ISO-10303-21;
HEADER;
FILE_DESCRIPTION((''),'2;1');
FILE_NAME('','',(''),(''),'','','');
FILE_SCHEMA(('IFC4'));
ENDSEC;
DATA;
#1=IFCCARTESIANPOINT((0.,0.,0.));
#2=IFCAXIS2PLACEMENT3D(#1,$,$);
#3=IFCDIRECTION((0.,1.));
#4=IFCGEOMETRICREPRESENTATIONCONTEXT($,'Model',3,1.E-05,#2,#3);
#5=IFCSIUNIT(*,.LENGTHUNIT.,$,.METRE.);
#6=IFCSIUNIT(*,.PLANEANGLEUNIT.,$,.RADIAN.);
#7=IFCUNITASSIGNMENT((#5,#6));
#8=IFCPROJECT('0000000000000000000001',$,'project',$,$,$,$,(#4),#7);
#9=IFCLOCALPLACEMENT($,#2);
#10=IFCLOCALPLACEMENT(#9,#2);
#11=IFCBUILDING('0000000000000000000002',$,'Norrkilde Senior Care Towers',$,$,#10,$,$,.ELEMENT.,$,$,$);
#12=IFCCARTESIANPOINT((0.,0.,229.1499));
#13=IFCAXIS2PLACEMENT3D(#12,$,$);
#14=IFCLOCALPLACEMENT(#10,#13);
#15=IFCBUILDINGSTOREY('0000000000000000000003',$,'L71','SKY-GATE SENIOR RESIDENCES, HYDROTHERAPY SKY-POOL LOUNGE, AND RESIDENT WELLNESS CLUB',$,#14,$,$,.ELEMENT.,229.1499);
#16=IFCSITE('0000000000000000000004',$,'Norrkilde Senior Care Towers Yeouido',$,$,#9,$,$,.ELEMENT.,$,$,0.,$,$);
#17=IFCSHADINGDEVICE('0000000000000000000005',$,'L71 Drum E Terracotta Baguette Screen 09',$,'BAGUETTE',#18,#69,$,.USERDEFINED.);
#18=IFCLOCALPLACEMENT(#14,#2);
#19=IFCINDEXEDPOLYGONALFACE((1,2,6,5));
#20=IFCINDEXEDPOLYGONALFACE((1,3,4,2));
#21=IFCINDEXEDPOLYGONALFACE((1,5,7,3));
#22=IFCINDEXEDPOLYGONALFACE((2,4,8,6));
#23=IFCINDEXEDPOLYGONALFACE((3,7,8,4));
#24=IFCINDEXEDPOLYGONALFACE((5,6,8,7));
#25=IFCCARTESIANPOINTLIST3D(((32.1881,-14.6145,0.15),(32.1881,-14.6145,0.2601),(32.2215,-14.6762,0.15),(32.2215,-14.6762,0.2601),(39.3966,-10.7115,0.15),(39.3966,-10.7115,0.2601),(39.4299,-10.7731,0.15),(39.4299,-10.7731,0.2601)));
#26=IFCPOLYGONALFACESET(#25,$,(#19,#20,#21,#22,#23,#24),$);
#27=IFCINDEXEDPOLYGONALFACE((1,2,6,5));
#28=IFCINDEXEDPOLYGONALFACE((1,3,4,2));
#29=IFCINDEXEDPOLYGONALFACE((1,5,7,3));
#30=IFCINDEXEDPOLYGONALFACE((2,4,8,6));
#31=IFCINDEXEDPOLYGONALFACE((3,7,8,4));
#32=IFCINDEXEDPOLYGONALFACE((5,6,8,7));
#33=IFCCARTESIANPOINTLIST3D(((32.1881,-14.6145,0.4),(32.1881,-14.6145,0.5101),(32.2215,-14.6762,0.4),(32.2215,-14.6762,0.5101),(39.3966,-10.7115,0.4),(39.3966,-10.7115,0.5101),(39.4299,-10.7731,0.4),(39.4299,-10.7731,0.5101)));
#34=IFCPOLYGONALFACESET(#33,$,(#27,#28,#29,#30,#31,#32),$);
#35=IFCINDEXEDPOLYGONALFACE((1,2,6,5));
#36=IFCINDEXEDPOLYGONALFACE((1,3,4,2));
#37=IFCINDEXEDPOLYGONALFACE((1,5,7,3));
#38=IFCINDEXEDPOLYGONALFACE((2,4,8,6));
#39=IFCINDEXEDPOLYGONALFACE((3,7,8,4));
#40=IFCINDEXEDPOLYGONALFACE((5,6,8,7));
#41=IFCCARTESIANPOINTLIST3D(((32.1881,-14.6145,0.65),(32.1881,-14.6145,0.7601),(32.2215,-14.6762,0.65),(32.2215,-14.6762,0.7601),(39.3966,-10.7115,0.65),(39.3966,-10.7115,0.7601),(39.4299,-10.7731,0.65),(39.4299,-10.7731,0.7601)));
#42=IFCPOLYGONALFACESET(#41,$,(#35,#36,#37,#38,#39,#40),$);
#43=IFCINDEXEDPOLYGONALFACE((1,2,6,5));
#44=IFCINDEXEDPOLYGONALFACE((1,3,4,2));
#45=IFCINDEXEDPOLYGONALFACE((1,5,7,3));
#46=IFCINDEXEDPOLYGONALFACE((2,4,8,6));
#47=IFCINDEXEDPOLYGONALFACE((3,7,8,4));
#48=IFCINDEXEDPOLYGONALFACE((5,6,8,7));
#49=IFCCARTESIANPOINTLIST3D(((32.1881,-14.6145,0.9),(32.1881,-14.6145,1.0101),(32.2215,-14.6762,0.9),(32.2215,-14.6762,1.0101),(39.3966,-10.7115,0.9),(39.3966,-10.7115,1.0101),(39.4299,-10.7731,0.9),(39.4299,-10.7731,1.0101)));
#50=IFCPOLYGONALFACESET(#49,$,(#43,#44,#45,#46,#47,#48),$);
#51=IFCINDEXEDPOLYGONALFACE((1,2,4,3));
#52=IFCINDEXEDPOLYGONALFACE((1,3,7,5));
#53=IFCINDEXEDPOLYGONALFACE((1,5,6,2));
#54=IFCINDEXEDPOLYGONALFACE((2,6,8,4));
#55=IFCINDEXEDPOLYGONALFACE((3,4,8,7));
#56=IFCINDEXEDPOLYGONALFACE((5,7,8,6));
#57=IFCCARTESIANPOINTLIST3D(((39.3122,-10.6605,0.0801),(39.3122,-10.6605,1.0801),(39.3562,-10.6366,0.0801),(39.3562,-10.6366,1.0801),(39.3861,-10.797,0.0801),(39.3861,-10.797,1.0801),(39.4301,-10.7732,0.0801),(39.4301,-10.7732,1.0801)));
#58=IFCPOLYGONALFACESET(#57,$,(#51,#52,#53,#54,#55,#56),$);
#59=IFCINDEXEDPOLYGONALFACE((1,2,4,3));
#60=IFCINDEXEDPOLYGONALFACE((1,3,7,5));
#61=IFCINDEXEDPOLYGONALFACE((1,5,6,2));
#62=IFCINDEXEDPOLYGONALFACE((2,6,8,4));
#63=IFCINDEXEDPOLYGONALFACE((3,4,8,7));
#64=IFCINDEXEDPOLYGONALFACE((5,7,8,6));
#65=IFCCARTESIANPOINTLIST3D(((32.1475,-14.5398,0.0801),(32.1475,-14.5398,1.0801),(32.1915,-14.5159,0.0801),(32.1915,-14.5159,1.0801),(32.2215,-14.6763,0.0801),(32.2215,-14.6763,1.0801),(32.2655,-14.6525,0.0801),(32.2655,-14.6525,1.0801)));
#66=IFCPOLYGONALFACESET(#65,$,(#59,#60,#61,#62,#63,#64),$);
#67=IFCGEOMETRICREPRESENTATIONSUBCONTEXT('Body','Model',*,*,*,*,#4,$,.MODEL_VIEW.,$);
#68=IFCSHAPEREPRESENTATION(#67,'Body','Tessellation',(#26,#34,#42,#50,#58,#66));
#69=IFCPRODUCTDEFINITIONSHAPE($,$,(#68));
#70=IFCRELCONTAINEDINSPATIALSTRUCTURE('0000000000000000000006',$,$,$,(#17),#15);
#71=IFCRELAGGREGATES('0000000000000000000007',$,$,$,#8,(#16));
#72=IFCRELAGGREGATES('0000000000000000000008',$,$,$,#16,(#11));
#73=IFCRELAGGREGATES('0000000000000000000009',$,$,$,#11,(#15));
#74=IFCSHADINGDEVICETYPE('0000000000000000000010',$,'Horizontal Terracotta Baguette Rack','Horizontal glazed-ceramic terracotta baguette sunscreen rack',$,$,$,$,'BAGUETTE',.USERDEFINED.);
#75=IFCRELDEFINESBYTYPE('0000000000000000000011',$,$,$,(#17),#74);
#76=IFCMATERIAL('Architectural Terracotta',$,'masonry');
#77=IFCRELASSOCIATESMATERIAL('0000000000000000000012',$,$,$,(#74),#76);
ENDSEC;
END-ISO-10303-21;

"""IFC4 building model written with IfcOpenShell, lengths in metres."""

from ifc_helpers import new_model, si_unit, direction, frame, origin, origin_2d, place, context, subcontext, project, spatial, rectangle, extrude, source, transform, mapped, material, type_object, type_shapes, element, save


model = new_model("IFC4")

# Units and contexts
model_context = context("Model", 3, precision=1e-05, world=origin(), true_north=direction((0.0, 1.0)))
body_context = subcontext(model_context, "Body", "Model", "MODEL_VIEW")
ifc_project = project(units=[si_unit("LENGTHUNIT", "METRE"), si_unit("PLANEANGLEUNIT", "RADIAN")], contexts=[model_context])

# Site, building, storey
site_placement = place(None, origin())
site = spatial("IfcSite", under=ifc_project, at=site_placement, Name="Norrkilde Senior Care Towers Yeouido", CompositionType="ELEMENT", RefElevation=0.0)
building_placement = place(site_placement, origin())
building = spatial("IfcBuilding", under=site, at=building_placement, Name="Norrkilde Senior Care Towers", CompositionType="ELEMENT")
storey_placement = place(building_placement, frame((0.0, 0.0, 229.1499)))
storey = spatial("IfcBuildingStorey", under=building, at=storey_placement, Name="L71", Description="SKY-GATE SENIOR RESIDENCES, HYDROTHERAPY SKY-POOL LOUNGE, AND RESIDENT WELLNESS CLUB", CompositionType="ELEMENT", Elevation=229.1499)

# Shading device
ifc_material_1 = material(Name="Architectural Terracotta", Category="masonry")
shading_device_type = type_object("IfcShadingDeviceType", Name="Horizontal Terracotta Baguette Rack", Description="Horizontal glazed-ceramic terracotta baguette sunscreen rack", ElementType="BAGUETTE", PredefinedType="USERDEFINED", material=ifc_material_1)
shared_shape_1 = source(origin(), body_context, "Body", "SweptSolid", [
    extrude(rectangle(XDim=0.0701, YDim=0.1101, at=origin_2d()), frame((0.0, 0.0901, 0.125), z_axis=(1.0, 0.0, 0.0), x_axis=(0.0, 1.0, 0.0)), (0.0, 0.0, 1.0), 8.1973),
    extrude(rectangle(XDim=0.0701, YDim=0.1101, at=origin_2d()), frame((0.0, 0.0901, 0.375), z_axis=(1.0, 0.0, 0.0), x_axis=(0.0, 1.0, 0.0)), (0.0, 0.0, 1.0), 8.1973),
    extrude(rectangle(XDim=0.0701, YDim=0.1101, at=origin_2d()), frame((0.0, 0.0901, 0.625), z_axis=(1.0, 0.0, 0.0), x_axis=(0.0, 1.0, 0.0)), (0.0, 0.0, 1.0), 8.1973),
    extrude(rectangle(XDim=0.0701, YDim=0.1101, at=origin_2d()), frame((0.0, 0.0901, 0.875), z_axis=(1.0, 0.0, 0.0), x_axis=(0.0, 1.0, 0.0)), (0.0, 0.0, 1.0), 8.1973),
    extrude(rectangle(XDim=0.05, YDim=0.1553, at=origin_2d()), frame((0.0249, 0.0476, 0.0)), (0.0, 0.0, 1.0), 1.0),
    extrude(rectangle(XDim=0.05, YDim=0.1553, at=origin_2d()), frame((8.1724, 0.0476, 0.0)), (0.0, 0.0, 1.0), 1.0),
])
type_shapes(shading_device_type, [shared_shape_1])
shading_device_placement = place(storey_placement, frame((39.3704, -10.6631, 0.0801), z_axis=(0.0, 0.0, 1.0), x_axis=(-0.879378, -0.476144, 0.0)))
element("IfcShadingDevice", 1, at=shading_device_placement, inside=storey, type_object=shading_device_type, Name="L71 Drum E Terracotta Baguette Screen 09", ObjectType="BAGUETTE", PredefinedType="USERDEFINED", context=body_context, shape_type="MappedRepresentation", body=[
    mapped(shared_shape_1, transform((0.0, 0.0, 0.0), x_axis=(1.0, 0.0, 0.0), y_axis=(0.0, 1.0, 0.0), z_axis=(0.0, 0.0, 1.0), scale=1.0)),
])

save(model, "model.ifc")
